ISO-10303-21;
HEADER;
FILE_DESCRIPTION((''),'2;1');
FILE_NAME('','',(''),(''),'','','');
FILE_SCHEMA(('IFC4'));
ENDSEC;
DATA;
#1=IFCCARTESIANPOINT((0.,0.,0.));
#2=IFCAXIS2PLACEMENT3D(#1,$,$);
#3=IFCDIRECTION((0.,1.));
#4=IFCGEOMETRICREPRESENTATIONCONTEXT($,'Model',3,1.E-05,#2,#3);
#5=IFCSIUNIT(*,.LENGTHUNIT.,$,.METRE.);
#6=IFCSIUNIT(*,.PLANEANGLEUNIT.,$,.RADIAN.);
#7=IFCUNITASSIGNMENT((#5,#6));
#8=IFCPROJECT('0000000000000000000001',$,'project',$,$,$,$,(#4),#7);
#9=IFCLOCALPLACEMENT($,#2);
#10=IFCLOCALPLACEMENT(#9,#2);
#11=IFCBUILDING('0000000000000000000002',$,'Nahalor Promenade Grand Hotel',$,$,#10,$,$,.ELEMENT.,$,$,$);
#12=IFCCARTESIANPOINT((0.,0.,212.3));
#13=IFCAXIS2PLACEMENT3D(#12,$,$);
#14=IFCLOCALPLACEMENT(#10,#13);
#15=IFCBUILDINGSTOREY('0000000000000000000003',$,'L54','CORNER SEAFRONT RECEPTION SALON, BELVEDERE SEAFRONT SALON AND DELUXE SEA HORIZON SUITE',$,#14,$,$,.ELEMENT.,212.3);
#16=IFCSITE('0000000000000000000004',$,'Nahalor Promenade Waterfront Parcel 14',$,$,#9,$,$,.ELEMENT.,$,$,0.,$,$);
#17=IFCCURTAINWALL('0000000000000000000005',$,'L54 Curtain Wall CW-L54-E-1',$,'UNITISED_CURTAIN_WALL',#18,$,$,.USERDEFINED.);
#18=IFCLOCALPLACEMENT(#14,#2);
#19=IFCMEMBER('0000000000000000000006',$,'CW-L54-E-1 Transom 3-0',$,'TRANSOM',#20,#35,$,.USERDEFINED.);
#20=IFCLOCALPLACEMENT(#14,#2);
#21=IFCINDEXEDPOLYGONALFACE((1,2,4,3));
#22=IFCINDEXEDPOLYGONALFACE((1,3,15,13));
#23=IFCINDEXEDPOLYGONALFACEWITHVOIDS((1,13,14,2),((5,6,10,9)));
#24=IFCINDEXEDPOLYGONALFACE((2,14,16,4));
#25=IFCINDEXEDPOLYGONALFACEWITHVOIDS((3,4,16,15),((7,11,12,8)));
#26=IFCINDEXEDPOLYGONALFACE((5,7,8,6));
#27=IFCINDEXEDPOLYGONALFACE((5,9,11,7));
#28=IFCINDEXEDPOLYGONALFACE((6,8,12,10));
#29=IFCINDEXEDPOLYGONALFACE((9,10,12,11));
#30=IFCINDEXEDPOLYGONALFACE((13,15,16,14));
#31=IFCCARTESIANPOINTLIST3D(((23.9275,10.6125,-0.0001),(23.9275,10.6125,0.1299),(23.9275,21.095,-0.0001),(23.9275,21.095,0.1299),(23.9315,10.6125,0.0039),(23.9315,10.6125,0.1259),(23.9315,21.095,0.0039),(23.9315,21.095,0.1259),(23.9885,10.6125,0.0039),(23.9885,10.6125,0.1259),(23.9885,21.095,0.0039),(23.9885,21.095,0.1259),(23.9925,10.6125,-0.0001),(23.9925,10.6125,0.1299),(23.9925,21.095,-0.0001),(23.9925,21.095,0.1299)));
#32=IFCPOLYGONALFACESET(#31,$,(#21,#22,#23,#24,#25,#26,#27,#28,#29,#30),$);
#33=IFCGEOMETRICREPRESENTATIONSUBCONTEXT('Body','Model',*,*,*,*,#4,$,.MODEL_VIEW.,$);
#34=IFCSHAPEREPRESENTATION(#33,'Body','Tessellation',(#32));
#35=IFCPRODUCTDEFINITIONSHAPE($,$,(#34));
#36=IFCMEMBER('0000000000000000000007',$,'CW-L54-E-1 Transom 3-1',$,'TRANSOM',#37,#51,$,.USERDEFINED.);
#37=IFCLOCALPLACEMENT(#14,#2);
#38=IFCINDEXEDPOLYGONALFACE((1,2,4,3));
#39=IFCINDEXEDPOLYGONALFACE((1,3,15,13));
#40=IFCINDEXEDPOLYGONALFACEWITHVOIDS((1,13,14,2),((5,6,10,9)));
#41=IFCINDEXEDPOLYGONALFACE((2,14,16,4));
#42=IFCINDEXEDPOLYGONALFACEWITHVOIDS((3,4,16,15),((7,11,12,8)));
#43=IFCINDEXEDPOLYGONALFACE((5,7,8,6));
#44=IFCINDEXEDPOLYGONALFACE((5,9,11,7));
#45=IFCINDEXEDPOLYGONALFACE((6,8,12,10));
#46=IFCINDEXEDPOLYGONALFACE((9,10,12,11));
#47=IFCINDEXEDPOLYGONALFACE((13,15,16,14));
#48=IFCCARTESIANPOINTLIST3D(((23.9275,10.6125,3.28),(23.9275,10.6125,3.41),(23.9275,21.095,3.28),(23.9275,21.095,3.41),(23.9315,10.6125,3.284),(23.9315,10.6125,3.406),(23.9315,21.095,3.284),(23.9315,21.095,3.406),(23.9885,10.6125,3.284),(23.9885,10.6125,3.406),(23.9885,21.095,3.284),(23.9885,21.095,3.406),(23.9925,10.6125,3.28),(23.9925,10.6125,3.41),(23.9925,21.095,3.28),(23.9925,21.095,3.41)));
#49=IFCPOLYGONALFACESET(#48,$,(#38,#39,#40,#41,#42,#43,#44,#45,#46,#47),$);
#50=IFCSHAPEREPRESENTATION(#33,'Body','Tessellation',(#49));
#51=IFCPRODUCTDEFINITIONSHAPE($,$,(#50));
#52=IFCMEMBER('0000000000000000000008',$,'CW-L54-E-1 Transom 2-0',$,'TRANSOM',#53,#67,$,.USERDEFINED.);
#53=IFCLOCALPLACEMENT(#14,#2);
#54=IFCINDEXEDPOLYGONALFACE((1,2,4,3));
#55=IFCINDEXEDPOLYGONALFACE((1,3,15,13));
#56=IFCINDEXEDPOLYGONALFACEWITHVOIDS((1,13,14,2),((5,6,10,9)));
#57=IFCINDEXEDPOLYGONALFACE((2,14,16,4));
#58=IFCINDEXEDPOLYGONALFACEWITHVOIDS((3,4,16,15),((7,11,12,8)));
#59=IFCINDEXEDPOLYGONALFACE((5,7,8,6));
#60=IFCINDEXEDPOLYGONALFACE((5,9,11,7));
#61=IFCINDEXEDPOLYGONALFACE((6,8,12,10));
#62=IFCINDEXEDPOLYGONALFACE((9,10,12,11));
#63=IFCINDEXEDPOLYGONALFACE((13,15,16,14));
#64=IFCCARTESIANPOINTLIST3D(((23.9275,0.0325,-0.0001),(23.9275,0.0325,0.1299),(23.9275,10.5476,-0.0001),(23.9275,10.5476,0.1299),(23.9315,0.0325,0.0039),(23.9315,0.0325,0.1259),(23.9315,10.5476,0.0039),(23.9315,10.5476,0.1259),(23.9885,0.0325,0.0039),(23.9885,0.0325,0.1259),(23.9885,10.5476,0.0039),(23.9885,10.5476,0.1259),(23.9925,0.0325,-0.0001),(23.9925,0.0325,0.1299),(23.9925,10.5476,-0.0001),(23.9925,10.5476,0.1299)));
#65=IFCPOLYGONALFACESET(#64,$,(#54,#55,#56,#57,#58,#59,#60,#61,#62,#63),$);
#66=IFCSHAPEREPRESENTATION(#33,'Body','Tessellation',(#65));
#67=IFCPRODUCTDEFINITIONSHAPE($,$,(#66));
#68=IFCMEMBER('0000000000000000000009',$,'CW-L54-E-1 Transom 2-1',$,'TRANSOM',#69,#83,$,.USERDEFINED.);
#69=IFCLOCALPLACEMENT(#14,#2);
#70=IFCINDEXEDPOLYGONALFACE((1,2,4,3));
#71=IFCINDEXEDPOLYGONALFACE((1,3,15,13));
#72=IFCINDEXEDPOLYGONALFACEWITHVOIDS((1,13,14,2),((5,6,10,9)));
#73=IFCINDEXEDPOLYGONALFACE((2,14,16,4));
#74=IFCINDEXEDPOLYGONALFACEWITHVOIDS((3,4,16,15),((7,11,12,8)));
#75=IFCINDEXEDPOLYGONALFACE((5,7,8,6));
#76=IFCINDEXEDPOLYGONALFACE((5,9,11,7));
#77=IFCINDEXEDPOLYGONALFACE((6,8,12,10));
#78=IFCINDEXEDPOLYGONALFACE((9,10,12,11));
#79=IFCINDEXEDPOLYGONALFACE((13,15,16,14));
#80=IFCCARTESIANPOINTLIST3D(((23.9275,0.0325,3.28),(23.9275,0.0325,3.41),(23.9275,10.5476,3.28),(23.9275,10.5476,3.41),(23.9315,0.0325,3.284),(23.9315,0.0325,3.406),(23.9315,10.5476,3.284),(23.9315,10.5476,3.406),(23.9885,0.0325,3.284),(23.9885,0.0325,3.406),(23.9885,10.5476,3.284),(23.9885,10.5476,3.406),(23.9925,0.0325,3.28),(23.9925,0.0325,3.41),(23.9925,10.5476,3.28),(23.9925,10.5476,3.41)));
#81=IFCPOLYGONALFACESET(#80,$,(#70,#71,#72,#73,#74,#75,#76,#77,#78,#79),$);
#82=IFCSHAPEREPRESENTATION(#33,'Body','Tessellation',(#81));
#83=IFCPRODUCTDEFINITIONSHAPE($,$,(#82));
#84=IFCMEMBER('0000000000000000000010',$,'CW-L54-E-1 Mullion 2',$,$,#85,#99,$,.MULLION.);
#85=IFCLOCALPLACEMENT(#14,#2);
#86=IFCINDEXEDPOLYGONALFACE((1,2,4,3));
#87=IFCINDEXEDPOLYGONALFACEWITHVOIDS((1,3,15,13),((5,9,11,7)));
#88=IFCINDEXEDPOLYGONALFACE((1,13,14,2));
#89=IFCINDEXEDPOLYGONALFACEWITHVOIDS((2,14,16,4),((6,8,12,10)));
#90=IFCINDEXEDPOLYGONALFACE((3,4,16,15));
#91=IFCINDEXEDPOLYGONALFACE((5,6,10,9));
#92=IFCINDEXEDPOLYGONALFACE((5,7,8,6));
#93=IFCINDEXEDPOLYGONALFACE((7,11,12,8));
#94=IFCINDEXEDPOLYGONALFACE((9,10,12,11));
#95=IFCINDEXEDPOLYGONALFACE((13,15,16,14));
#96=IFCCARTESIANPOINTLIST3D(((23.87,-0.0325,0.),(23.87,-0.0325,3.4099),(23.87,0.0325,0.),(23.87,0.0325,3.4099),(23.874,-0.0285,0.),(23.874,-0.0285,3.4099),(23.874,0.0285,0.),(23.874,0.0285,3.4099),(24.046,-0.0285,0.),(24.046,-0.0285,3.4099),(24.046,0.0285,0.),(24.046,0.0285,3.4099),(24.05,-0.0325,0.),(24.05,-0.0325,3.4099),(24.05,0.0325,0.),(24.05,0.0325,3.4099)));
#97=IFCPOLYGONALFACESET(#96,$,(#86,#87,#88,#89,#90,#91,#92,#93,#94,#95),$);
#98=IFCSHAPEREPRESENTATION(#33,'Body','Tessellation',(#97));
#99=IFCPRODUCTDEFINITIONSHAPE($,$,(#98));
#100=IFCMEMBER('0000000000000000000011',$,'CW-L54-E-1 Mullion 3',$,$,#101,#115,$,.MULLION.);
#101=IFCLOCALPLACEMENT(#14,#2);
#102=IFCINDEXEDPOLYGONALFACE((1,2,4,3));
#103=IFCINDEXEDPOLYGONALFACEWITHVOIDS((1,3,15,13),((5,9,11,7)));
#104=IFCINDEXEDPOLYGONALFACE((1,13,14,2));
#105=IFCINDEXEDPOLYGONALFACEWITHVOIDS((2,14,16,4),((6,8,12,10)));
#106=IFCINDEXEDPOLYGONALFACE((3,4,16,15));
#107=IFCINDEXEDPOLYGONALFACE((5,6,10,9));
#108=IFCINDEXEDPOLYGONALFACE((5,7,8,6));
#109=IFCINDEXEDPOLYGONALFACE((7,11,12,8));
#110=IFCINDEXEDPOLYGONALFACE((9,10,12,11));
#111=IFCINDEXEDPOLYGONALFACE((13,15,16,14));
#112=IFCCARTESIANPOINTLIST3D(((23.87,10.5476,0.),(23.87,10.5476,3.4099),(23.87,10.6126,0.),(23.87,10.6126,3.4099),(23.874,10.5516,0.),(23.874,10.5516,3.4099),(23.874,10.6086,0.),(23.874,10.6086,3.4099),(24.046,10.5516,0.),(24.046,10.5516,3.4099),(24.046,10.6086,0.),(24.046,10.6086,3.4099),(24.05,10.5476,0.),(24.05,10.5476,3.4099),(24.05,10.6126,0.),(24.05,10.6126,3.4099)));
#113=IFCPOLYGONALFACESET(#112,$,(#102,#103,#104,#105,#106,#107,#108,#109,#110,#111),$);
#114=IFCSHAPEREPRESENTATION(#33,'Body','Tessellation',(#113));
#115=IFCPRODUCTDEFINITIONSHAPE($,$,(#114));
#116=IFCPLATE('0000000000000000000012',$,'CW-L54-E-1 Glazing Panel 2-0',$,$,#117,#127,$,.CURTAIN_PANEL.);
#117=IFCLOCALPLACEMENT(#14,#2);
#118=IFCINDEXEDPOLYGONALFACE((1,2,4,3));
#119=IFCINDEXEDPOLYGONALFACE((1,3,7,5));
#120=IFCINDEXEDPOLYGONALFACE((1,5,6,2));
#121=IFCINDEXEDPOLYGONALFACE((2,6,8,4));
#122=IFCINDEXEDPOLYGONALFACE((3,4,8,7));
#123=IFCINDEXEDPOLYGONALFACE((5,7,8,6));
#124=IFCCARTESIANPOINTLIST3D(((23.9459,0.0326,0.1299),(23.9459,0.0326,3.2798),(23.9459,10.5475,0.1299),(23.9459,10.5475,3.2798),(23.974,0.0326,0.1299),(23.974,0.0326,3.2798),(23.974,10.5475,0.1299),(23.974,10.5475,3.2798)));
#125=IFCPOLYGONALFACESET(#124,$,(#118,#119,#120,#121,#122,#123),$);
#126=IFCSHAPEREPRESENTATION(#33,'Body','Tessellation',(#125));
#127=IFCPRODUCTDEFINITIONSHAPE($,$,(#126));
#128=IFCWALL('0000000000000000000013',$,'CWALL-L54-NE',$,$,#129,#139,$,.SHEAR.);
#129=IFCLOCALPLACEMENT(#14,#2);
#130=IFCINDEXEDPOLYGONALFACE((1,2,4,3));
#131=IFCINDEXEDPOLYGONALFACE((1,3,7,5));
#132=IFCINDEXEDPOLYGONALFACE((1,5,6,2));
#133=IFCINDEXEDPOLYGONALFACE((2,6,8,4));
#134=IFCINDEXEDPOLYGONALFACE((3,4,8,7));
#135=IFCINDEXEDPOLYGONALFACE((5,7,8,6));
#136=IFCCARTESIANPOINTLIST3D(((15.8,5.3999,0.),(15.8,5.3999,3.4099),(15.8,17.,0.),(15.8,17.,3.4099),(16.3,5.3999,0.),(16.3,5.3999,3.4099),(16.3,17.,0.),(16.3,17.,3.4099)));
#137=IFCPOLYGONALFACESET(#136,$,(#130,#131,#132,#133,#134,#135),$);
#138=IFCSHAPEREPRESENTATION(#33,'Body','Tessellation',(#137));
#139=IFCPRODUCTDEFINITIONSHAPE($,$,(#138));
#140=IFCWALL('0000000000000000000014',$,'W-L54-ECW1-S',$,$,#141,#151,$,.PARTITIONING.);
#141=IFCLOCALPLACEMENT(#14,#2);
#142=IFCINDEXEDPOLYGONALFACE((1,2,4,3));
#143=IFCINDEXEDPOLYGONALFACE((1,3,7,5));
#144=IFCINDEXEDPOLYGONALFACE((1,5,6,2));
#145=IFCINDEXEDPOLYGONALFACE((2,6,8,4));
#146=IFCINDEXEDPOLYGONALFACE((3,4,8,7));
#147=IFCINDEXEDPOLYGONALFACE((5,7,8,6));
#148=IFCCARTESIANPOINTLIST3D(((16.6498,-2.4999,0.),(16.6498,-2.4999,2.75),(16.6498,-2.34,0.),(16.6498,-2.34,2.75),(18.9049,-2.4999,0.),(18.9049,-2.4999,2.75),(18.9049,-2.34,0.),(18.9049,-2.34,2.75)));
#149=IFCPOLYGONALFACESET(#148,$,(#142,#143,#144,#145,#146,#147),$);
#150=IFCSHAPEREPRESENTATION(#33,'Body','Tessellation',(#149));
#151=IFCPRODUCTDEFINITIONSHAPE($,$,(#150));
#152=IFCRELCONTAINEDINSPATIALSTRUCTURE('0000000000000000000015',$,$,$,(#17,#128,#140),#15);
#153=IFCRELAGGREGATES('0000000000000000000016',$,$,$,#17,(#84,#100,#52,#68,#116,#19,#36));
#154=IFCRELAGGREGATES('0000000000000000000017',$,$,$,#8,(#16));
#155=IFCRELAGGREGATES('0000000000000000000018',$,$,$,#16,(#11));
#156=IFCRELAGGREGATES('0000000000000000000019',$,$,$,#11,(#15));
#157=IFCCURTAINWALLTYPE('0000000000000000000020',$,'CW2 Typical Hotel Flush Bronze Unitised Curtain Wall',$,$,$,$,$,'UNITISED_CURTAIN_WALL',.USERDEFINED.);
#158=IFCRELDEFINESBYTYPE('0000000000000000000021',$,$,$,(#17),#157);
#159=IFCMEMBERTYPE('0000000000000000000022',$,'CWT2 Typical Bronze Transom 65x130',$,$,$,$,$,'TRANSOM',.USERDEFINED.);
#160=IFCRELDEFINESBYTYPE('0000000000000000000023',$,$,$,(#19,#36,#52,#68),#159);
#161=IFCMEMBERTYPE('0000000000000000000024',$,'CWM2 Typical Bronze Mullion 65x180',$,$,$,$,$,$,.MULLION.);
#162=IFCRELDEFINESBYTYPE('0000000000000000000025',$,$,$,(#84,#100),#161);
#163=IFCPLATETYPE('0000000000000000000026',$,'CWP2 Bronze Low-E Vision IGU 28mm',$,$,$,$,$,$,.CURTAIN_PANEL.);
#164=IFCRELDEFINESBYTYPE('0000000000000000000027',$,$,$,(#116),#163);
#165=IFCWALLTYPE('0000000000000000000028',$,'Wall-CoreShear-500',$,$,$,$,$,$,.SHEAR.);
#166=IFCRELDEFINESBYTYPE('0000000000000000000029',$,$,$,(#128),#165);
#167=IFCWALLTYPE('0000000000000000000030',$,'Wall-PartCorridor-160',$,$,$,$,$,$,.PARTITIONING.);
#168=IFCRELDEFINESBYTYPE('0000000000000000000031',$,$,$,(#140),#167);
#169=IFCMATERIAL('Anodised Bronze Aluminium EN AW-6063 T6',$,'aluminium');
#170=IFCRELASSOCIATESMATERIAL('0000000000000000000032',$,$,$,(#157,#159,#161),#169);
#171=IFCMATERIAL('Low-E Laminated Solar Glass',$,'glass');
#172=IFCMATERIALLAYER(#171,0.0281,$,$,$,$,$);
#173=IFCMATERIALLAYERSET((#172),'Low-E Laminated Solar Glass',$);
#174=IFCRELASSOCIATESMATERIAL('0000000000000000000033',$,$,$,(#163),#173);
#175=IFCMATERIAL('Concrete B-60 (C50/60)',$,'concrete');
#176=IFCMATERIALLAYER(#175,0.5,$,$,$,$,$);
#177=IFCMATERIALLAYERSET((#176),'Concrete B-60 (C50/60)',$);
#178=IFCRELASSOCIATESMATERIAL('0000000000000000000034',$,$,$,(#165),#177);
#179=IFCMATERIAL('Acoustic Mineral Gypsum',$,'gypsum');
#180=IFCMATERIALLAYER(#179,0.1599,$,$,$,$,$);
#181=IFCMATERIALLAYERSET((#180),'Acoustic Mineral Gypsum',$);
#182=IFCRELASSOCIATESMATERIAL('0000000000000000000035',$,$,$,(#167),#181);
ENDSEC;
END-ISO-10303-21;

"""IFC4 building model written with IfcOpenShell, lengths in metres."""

from ifc_helpers import new_model, si_unit, direction, frame, frame_2d, origin, origin_2d, place, context, subcontext, project, spatial, rectangle, hollow_rectangle, extrude, source, transform, mapped, material, layer, layer_set, material_profile, profile_set, type_object, element, aggregate, save


model = new_model("IFC4")

# Units and contexts
model_context = context("Model", 3, precision=1e-05, world=origin(), true_north=direction((0.0, 1.0)))
body_context = subcontext(model_context, "Body", "Model", "MODEL_VIEW")
ifc_project = project(units=[si_unit("LENGTHUNIT", "METRE"), si_unit("PLANEANGLEUNIT", "RADIAN")], contexts=[model_context])

# Site, building, storey
site_placement = place(None, origin())
site = spatial("IfcSite", under=ifc_project, at=site_placement, Name="Nahalor Promenade Waterfront Parcel 14", CompositionType="ELEMENT", RefElevation=0.0)
building_placement = place(site_placement, origin())
building = spatial("IfcBuilding", under=site, at=building_placement, Name="Nahalor Promenade Grand Hotel", CompositionType="ELEMENT")
storey_placement = place(building_placement, frame((0.0, 0.0, 212.3)))
storey = spatial("IfcBuildingStorey", under=building, at=storey_placement, Name="L54", Description="CORNER SEAFRONT RECEPTION SALON, BELVEDERE SEAFRONT SALON AND DELUXE SEA HORIZON SUITE", CompositionType="ELEMENT", Elevation=212.3)

# Curtain wall, members, plate
ifc_material_1 = material(Name="Anodised Bronze Aluminium EN AW-6063 T6", Category="aluminium")
curtain_wall_type = type_object("IfcCurtainWallType", Name="CW2 Typical Hotel Flush Bronze Unitised Curtain Wall", ElementType="UNITISED_CURTAIN_WALL", PredefinedType="USERDEFINED", material=ifc_material_1)
curtain_wall_placement = place(storey_placement, origin())
curtain_wall = element("IfcCurtainWall", 1, at=curtain_wall_placement, inside=storey, type_object=curtain_wall_type, Name="L54 Curtain Wall CW-L54-E-1", ObjectType="UNITISED_CURTAIN_WALL", PredefinedType="USERDEFINED")
ifc_material_profile_1 = material_profile(ifc_material_1, hollow_rectangle(XDim=0.065, YDim=0.13, WallThickness=0.004, at=origin_2d()), Name="CWT 65x130x4")
ifc_profile_set_1 = profile_set([ifc_material_profile_1], Name="Anodised Bronze Aluminium EN AW-6063 T6")
member_type_1 = type_object("IfcMemberType", Name="CWT2 Typical Bronze Transom 65x130", ElementType="TRANSOM", PredefinedType="USERDEFINED", material=ifc_profile_set_1)
shared_shape_1 = source(origin(), body_context, "Body", "SweptSolid", [
    extrude(hollow_rectangle(XDim=0.065, YDim=0.13, WallThickness=0.004, at=origin_2d()), origin(), (0.0, 0.0, 1.0), 10.4824),
])
member_1_placement = place(storey_placement, frame((23.96, 10.6125, 0.0649), z_axis=(0.0, 1.0, 0.0), x_axis=(-1.0, 0.0, 0.0)))
member_1 = element("IfcMember", 2, at=member_1_placement, type_object=member_type_1, Name="CW-L54-E-1 Transom 3-0", ObjectType="TRANSOM", PredefinedType="USERDEFINED", context=body_context, shape_type="MappedRepresentation", body=[
    mapped(shared_shape_1, transform((0.0, 0.0, 0.0), scale=1.0)),
])
member_2_placement = place(storey_placement, frame((23.96, 10.6125, 3.345), z_axis=(0.0, 1.0, 0.0), x_axis=(-1.0, 0.0, 0.0)))
member_2 = element("IfcMember", 3, at=member_2_placement, type_object=member_type_1, Name="CW-L54-E-1 Transom 3-1", ObjectType="TRANSOM", PredefinedType="USERDEFINED", context=body_context, shape_type="MappedRepresentation", body=[
    mapped(shared_shape_1, transform((0.0, 0.0, 0.0), scale=1.0)),
])
shared_shape_2 = source(origin(), body_context, "Body", "SweptSolid", [
    extrude(hollow_rectangle(XDim=0.065, YDim=0.13, WallThickness=0.004, at=origin_2d()), origin(), (0.0, 0.0, 1.0), 10.5151),
])
member_3_placement = place(storey_placement, frame((23.96, 0.0325, 0.0649), z_axis=(0.0, 1.0, 0.0), x_axis=(-1.0, 0.0, 0.0)))
member_3 = element("IfcMember", 4, at=member_3_placement, type_object=member_type_1, Name="CW-L54-E-1 Transom 2-0", ObjectType="TRANSOM", PredefinedType="USERDEFINED", context=body_context, shape_type="MappedRepresentation", body=[
    mapped(shared_shape_2, transform((0.0, 0.0, 0.0), scale=1.0)),
])
member_4_placement = place(storey_placement, frame((23.96, 0.0325, 3.345), z_axis=(0.0, 1.0, 0.0), x_axis=(-1.0, 0.0, 0.0)))
member_4 = element("IfcMember", 5, at=member_4_placement, type_object=member_type_1, Name="CW-L54-E-1 Transom 2-1", ObjectType="TRANSOM", PredefinedType="USERDEFINED", context=body_context, shape_type="MappedRepresentation", body=[
    mapped(shared_shape_2, transform((0.0, 0.0, 0.0), scale=1.0)),
])
ifc_material_profile_2 = material_profile(ifc_material_1, hollow_rectangle(XDim=0.065, YDim=0.18, WallThickness=0.004, at=origin_2d()), Name="CWM 65x180x4")
ifc_profile_set_2 = profile_set([ifc_material_profile_2], Name="Anodised Bronze Aluminium EN AW-6063 T6")
member_type_2 = type_object("IfcMemberType", Name="CWM2 Typical Bronze Mullion 65x180", PredefinedType="MULLION", material=ifc_profile_set_2)
shared_shape_3 = source(origin(), body_context, "Body", "SweptSolid", [
    extrude(hollow_rectangle(XDim=0.065, YDim=0.18, WallThickness=0.004, at=origin_2d()), origin(), (0.0, 0.0, 1.0), 3.4099),
])
member_5_placement = place(storey_placement, frame((23.96, 0.0, 0.0), z_axis=(0.0, 0.0, 1.0), x_axis=(0.0, 1.0, 0.0)))
member_5 = element("IfcMember", 6, at=member_5_placement, type_object=member_type_2, Name="CW-L54-E-1 Mullion 2", PredefinedType="MULLION", context=body_context, shape_type="MappedRepresentation", body=[
    mapped(shared_shape_3, transform((0.0, 0.0, 0.0), scale=1.0)),
])
member_6_placement = place(storey_placement, frame((23.96, 10.5801, 0.0), z_axis=(0.0, 0.0, 1.0), x_axis=(0.0, 1.0, 0.0)))
member_6 = element("IfcMember", 7, at=member_6_placement, type_object=member_type_2, Name="CW-L54-E-1 Mullion 3", PredefinedType="MULLION", context=body_context, shape_type="MappedRepresentation", body=[
    mapped(shared_shape_3, transform((0.0, 0.0, 0.0), scale=1.0)),
])
ifc_material_2 = material(Name="Low-E Laminated Solar Glass", Category="glass")
ifc_layer_1 = layer(ifc_material_2, 0.0281)
ifc_layer_set_1 = layer_set([ifc_layer_1], Name="Low-E Laminated Solar Glass")
plate_type = type_object("IfcPlateType", Name="CWP2 Bronze Low-E Vision IGU 28mm", PredefinedType="CURTAIN_PANEL", material=ifc_layer_set_1)
shared_shape_4 = source(origin(), body_context, "Body", "SweptSolid", [
    extrude(rectangle(XDim=10.5149, YDim=0.0281, at=origin_2d()), origin(), (0.0, 0.0, 1.0), 3.1499),
])
plate_placement = place(storey_placement, frame((23.96, 5.29, 0.1299), z_axis=(0.0, 0.0, 1.0), x_axis=(0.0, 1.0, 0.0)))
plate = element("IfcPlate", 8, at=plate_placement, type_object=plate_type, Name="CW-L54-E-1 Glazing Panel 2-0", PredefinedType="CURTAIN_PANEL", context=body_context, shape_type="MappedRepresentation", body=[
    mapped(shared_shape_4, transform((0.0, 0.0, 0.0), scale=1.0)),
])
aggregate(curtain_wall, [member_5, member_6, member_3, member_4, plate, member_1, member_2])

# Walls
ifc_material_3 = material(Name="Concrete B-60 (C50/60)", Category="concrete")
ifc_layer_2 = layer(ifc_material_3, 0.5)
ifc_layer_set_2 = layer_set([ifc_layer_2], Name="Concrete B-60 (C50/60)")
wall_type_1 = type_object("IfcWallType", Name="Wall-CoreShear-500", PredefinedType="SHEAR", material=ifc_layer_set_2)
shared_shape_5 = source(origin(), body_context, "Body", "SweptSolid", [
    extrude(rectangle(XDim=11.6001, YDim=0.5, at=frame_2d((5.8, 0.0))), origin(), (0.0, 0.0, 1.0), 3.4099),
])
wall_1_placement = place(storey_placement, frame((16.05, 5.3999, 0.0), z_axis=(0.0, 0.0, 1.0), x_axis=(0.0, 1.0, 0.0)))
element("IfcWall", 9, at=wall_1_placement, inside=storey, type_object=wall_type_1, Name="CWALL-L54-NE", PredefinedType="SHEAR", context=body_context, shape_type="MappedRepresentation", body=[
    mapped(shared_shape_5, transform((0.0, 0.0, 0.0), scale=1.0)),
])
ifc_material_4 = material(Name="Acoustic Mineral Gypsum", Category="gypsum")
ifc_layer_3 = layer(ifc_material_4, 0.1599)
ifc_layer_set_3 = layer_set([ifc_layer_3], Name="Acoustic Mineral Gypsum")
wall_type_2 = type_object("IfcWallType", Name="Wall-PartCorridor-160", PredefinedType="PARTITIONING", material=ifc_layer_set_3)
shared_shape_6 = source(origin(), body_context, "Body", "SweptSolid", [
    extrude(rectangle(XDim=2.2551, YDim=0.1599, at=frame_2d((1.1274, 0.0))), origin(), (0.0, 0.0, 1.0), 2.75),
])
wall_2_placement = place(storey_placement, frame((16.6499, -2.4199, 0.0), z_axis=(0.0, 0.0, 1.0), x_axis=(1.0, 0.0, 0.0)))
element("IfcWall", 10, at=wall_2_placement, inside=storey, type_object=wall_type_2, Name="W-L54-ECW1-S", PredefinedType="PARTITIONING", context=body_context, shape_type="MappedRepresentation", body=[
    mapped(shared_shape_6, transform((0.0, 0.0, 0.0), scale=1.0)),
])

save(model, "model.ifc")
